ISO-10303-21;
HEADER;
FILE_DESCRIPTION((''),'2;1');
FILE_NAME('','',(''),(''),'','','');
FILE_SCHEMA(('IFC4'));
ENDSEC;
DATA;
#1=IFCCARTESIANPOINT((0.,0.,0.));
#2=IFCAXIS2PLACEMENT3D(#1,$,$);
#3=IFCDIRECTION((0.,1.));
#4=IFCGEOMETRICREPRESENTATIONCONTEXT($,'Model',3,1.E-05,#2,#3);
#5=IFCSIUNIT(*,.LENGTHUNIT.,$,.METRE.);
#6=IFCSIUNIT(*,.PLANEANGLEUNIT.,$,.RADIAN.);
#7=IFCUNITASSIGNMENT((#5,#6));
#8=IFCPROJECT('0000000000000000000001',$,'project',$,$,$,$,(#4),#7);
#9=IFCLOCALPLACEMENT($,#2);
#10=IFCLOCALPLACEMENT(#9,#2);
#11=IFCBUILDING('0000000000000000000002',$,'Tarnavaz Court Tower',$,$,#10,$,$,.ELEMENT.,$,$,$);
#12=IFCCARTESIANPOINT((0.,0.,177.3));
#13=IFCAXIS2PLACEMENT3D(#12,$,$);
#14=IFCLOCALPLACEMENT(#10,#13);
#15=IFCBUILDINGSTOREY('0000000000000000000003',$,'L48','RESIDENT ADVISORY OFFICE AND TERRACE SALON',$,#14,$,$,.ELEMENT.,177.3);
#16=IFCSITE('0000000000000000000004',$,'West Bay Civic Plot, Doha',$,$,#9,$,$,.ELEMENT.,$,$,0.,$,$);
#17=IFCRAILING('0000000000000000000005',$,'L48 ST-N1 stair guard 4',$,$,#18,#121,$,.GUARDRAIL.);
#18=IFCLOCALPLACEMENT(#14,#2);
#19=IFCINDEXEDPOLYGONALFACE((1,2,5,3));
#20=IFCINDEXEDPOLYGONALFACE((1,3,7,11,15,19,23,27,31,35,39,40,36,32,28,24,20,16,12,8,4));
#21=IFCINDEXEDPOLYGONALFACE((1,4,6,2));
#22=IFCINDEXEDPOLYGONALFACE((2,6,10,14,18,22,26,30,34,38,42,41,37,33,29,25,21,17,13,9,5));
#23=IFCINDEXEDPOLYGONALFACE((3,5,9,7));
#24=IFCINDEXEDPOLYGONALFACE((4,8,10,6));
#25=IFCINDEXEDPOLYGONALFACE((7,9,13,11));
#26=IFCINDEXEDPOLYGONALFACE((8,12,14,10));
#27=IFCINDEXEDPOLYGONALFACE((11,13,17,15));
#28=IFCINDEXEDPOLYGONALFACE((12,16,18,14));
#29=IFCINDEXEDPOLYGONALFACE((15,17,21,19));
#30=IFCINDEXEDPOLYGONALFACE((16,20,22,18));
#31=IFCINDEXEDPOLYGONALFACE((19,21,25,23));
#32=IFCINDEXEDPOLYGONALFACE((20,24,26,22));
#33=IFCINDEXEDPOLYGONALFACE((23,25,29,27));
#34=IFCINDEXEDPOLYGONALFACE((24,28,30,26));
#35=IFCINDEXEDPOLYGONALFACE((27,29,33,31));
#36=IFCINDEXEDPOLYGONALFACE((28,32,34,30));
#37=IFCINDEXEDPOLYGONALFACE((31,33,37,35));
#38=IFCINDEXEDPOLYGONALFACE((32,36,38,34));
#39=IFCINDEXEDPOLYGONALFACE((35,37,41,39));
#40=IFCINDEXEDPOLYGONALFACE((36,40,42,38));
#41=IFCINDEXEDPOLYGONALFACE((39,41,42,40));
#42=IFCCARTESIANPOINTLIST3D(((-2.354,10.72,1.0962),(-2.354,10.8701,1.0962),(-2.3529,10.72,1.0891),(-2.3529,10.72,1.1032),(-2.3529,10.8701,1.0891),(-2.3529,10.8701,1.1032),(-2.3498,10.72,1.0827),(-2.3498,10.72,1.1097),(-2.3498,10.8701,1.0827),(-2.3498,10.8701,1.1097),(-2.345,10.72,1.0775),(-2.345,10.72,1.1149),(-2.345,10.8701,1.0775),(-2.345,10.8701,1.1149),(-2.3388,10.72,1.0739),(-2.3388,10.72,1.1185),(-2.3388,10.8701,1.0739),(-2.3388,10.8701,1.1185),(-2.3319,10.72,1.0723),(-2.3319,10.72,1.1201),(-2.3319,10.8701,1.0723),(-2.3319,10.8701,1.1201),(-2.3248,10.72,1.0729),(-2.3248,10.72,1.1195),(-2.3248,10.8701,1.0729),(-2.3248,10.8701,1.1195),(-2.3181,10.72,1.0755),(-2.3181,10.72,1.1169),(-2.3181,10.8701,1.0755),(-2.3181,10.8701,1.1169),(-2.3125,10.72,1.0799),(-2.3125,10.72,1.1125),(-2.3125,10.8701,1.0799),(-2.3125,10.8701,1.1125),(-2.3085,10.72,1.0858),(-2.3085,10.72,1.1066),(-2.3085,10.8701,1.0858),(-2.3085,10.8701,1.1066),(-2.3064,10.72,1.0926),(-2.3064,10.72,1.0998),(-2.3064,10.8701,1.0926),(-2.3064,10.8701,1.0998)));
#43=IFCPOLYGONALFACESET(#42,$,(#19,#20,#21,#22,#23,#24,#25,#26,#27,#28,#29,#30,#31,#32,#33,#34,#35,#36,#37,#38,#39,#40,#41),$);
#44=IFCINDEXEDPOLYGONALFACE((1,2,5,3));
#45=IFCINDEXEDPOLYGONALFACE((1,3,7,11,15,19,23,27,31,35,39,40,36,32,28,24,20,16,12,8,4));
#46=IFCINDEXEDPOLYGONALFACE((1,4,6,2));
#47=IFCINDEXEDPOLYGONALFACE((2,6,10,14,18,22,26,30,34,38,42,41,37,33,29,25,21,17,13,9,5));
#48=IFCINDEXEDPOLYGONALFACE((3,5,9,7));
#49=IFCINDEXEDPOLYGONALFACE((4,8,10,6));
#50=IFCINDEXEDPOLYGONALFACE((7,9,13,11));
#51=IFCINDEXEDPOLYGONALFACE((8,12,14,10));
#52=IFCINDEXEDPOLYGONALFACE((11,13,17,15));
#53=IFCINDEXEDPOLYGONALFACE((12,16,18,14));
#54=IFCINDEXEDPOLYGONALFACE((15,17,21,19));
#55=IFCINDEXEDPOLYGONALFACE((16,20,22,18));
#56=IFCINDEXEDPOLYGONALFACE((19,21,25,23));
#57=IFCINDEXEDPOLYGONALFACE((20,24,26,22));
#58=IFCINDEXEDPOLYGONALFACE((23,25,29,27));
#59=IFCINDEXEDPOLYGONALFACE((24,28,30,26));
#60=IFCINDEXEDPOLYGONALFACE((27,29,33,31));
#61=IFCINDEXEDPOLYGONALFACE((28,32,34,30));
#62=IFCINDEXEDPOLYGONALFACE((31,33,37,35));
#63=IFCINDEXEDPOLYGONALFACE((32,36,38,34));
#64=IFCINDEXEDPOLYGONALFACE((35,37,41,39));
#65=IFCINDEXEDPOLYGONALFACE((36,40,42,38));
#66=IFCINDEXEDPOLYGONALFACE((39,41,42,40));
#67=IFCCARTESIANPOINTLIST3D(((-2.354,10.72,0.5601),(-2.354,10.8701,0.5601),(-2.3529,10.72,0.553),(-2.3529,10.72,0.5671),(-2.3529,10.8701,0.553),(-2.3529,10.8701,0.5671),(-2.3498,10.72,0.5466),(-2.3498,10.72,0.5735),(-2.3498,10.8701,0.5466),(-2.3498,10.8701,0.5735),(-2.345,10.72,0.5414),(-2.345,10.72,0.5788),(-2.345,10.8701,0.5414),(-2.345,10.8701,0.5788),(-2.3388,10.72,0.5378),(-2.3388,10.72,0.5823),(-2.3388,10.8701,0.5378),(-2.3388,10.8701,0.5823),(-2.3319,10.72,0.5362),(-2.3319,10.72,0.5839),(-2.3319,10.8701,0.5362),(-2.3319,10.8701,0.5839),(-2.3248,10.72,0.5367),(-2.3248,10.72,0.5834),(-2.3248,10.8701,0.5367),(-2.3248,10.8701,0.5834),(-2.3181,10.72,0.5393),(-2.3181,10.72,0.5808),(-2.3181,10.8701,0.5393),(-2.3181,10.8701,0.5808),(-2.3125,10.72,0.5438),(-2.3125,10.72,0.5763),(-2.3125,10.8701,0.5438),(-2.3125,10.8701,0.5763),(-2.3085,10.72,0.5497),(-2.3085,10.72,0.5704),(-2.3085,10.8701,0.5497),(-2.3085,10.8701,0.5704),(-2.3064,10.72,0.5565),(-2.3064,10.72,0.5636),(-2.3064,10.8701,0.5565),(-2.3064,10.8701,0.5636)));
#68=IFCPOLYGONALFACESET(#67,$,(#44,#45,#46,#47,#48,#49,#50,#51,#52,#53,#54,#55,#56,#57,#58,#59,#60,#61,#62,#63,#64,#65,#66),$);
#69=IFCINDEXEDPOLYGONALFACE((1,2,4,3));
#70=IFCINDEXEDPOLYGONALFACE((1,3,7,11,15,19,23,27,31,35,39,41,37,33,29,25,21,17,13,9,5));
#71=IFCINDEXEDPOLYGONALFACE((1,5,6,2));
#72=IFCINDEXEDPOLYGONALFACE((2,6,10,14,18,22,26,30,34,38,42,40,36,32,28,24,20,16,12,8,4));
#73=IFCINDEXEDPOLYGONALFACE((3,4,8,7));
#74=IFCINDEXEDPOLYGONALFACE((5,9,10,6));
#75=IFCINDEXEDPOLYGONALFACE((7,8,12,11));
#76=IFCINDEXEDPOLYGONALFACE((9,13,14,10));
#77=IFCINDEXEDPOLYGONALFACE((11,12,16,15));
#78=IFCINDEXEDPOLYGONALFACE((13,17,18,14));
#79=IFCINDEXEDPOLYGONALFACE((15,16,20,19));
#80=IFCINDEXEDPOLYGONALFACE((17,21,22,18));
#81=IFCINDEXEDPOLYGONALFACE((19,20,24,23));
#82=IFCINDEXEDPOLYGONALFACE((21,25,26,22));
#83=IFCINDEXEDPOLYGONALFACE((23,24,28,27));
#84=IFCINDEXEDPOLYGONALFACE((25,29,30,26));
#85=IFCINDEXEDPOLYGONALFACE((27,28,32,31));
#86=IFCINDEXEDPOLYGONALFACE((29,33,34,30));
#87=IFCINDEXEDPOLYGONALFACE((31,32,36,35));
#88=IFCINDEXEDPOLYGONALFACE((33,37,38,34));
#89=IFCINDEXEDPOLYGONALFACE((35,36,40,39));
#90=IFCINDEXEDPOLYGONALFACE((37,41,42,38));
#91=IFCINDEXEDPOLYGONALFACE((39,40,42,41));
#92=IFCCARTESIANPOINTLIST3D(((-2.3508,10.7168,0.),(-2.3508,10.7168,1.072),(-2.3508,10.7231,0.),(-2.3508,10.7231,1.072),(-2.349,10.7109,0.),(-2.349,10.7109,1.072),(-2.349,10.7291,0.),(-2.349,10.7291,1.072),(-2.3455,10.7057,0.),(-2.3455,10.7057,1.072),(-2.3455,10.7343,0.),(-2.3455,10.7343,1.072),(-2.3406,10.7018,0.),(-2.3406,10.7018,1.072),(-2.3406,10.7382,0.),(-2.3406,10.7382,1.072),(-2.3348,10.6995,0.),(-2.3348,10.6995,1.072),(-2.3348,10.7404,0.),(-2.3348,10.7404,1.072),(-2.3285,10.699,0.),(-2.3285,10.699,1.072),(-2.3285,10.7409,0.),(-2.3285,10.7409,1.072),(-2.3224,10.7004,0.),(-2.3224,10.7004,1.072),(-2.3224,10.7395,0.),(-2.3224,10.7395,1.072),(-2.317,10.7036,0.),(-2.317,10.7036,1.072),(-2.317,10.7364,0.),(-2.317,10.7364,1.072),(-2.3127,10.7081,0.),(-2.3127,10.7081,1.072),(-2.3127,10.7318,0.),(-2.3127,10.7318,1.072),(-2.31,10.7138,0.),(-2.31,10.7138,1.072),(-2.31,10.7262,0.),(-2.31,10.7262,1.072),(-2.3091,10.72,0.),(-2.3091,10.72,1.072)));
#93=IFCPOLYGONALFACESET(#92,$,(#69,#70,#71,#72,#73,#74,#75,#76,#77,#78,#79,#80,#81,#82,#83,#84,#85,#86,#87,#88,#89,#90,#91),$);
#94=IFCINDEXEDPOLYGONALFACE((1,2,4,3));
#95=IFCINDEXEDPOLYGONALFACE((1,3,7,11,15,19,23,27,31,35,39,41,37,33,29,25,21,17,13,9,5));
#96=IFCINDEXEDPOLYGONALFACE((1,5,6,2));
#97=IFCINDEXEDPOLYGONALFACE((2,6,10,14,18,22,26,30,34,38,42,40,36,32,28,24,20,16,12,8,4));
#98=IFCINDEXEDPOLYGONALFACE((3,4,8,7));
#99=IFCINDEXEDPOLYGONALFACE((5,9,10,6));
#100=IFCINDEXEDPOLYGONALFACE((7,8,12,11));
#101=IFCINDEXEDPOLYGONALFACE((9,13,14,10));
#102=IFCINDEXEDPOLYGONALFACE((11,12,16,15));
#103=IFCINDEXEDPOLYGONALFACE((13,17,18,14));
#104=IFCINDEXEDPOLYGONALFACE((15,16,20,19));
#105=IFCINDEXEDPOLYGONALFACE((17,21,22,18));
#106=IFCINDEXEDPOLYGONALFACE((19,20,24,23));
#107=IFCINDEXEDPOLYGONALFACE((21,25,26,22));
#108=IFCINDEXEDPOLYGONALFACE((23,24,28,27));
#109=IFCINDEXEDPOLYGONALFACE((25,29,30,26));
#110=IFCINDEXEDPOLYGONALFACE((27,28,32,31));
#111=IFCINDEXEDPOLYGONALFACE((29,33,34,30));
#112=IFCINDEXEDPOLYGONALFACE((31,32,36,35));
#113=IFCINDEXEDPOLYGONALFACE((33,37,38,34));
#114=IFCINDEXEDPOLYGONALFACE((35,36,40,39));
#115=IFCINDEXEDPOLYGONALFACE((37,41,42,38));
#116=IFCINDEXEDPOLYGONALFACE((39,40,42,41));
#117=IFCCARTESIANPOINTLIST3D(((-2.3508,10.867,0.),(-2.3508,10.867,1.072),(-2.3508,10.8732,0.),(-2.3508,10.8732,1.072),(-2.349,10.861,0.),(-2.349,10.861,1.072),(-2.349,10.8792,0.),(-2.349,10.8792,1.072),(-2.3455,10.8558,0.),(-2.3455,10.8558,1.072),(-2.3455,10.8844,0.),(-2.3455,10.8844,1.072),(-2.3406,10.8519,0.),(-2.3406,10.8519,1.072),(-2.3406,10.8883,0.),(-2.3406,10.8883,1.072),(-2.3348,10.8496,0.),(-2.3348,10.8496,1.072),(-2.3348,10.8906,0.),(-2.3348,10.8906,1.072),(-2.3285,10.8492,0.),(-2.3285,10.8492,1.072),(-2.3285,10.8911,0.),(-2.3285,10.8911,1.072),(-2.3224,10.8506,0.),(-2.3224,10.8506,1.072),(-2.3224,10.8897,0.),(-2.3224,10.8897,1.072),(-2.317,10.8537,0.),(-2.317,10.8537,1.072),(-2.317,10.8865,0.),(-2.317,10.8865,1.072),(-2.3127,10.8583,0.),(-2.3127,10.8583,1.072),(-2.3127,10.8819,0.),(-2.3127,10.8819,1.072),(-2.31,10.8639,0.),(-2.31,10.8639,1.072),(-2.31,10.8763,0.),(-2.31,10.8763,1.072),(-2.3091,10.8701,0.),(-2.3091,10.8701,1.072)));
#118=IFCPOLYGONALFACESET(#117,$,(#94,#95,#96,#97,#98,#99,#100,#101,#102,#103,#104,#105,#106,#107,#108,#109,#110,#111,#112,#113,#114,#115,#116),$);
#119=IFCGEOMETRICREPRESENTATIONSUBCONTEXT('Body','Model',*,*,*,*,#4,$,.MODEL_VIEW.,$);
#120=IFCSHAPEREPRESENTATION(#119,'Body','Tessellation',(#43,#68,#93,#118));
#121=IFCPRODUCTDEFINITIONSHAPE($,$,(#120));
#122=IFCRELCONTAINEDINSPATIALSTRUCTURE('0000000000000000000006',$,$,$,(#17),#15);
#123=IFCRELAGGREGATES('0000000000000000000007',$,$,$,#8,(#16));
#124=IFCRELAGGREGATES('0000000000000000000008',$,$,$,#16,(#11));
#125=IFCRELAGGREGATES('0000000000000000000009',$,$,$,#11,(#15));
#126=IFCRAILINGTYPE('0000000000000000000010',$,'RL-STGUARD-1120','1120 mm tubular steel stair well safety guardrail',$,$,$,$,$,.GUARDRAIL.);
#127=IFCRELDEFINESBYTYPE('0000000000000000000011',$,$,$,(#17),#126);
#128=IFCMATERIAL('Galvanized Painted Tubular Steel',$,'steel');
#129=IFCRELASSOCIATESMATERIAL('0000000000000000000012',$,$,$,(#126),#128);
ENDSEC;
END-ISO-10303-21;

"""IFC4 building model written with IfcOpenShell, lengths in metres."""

from ifc_helpers import new_model, si_unit, direction, frame, origin, origin_2d, place, context, subcontext, project, spatial, circle, extrude, material, type_object, element, save


model = new_model("IFC4")

# Units and contexts
model_context = context("Model", 3, precision=1e-05, world=origin(), true_north=direction((0.0, 1.0)))
body_context = subcontext(model_context, "Body", "Model", "MODEL_VIEW")
ifc_project = project(units=[si_unit("LENGTHUNIT", "METRE"), si_unit("PLANEANGLEUNIT", "RADIAN")], contexts=[model_context])

# Site, building, storey
site_placement = place(None, origin())
site = spatial("IfcSite", under=ifc_project, at=site_placement, Name="West Bay Civic Plot, Doha", CompositionType="ELEMENT", RefElevation=0.0)
building_placement = place(site_placement, origin())
building = spatial("IfcBuilding", under=site, at=building_placement, Name="Tarnavaz Court Tower", CompositionType="ELEMENT")
storey_placement = place(building_placement, frame((0.0, 0.0, 177.3)))
storey = spatial("IfcBuildingStorey", under=building, at=storey_placement, Name="L48", Description="RESIDENT ADVISORY OFFICE AND TERRACE SALON", CompositionType="ELEMENT", Elevation=177.3)

# Railing
ifc_material_1 = material(Name="Galvanized Painted Tubular Steel", Category="steel")
railing_type_1 = type_object("IfcRailingType", Name="RL-STGUARD-1120", Description="1120 mm tubular steel stair well safety guardrail", PredefinedType="GUARDRAIL", material=ifc_material_1)
railing_1_placement = place(storey_placement, frame((-2.3301, 10.72, 0.0)))
element("IfcRailing", 1, at=railing_1_placement, inside=storey, type_object=railing_type_1, Name="L48 ST-N1 stair guard 4", PredefinedType="GUARDRAIL", context=body_context, shape_type="SweptSolid", body=[
    extrude(circle(Radius=0.0239, at=origin_2d()), frame((0.0, 0.0, 1.0962), z_axis=(0.0, 1.0, 0.0), x_axis=(-1.0, 0.0, 0.0)), (0.0, 0.0, 1.0), 0.1501),
    extrude(circle(Radius=0.0239, at=origin_2d()), frame((0.0, 0.0, 0.5601), z_axis=(0.0, 1.0, 0.0), x_axis=(-1.0, 0.0, 0.0)), (0.0, 0.0, 1.0), 0.1501),
    extrude(circle(Radius=0.021, at=origin_2d()), origin(), (0.0, 0.0, 1.0), 1.072),
    extrude(circle(Radius=0.021, at=origin_2d()), frame((0.0, 0.1501, 0.0)), (0.0, 0.0, 1.0), 1.072),
])

save(model, "model.ifc")
